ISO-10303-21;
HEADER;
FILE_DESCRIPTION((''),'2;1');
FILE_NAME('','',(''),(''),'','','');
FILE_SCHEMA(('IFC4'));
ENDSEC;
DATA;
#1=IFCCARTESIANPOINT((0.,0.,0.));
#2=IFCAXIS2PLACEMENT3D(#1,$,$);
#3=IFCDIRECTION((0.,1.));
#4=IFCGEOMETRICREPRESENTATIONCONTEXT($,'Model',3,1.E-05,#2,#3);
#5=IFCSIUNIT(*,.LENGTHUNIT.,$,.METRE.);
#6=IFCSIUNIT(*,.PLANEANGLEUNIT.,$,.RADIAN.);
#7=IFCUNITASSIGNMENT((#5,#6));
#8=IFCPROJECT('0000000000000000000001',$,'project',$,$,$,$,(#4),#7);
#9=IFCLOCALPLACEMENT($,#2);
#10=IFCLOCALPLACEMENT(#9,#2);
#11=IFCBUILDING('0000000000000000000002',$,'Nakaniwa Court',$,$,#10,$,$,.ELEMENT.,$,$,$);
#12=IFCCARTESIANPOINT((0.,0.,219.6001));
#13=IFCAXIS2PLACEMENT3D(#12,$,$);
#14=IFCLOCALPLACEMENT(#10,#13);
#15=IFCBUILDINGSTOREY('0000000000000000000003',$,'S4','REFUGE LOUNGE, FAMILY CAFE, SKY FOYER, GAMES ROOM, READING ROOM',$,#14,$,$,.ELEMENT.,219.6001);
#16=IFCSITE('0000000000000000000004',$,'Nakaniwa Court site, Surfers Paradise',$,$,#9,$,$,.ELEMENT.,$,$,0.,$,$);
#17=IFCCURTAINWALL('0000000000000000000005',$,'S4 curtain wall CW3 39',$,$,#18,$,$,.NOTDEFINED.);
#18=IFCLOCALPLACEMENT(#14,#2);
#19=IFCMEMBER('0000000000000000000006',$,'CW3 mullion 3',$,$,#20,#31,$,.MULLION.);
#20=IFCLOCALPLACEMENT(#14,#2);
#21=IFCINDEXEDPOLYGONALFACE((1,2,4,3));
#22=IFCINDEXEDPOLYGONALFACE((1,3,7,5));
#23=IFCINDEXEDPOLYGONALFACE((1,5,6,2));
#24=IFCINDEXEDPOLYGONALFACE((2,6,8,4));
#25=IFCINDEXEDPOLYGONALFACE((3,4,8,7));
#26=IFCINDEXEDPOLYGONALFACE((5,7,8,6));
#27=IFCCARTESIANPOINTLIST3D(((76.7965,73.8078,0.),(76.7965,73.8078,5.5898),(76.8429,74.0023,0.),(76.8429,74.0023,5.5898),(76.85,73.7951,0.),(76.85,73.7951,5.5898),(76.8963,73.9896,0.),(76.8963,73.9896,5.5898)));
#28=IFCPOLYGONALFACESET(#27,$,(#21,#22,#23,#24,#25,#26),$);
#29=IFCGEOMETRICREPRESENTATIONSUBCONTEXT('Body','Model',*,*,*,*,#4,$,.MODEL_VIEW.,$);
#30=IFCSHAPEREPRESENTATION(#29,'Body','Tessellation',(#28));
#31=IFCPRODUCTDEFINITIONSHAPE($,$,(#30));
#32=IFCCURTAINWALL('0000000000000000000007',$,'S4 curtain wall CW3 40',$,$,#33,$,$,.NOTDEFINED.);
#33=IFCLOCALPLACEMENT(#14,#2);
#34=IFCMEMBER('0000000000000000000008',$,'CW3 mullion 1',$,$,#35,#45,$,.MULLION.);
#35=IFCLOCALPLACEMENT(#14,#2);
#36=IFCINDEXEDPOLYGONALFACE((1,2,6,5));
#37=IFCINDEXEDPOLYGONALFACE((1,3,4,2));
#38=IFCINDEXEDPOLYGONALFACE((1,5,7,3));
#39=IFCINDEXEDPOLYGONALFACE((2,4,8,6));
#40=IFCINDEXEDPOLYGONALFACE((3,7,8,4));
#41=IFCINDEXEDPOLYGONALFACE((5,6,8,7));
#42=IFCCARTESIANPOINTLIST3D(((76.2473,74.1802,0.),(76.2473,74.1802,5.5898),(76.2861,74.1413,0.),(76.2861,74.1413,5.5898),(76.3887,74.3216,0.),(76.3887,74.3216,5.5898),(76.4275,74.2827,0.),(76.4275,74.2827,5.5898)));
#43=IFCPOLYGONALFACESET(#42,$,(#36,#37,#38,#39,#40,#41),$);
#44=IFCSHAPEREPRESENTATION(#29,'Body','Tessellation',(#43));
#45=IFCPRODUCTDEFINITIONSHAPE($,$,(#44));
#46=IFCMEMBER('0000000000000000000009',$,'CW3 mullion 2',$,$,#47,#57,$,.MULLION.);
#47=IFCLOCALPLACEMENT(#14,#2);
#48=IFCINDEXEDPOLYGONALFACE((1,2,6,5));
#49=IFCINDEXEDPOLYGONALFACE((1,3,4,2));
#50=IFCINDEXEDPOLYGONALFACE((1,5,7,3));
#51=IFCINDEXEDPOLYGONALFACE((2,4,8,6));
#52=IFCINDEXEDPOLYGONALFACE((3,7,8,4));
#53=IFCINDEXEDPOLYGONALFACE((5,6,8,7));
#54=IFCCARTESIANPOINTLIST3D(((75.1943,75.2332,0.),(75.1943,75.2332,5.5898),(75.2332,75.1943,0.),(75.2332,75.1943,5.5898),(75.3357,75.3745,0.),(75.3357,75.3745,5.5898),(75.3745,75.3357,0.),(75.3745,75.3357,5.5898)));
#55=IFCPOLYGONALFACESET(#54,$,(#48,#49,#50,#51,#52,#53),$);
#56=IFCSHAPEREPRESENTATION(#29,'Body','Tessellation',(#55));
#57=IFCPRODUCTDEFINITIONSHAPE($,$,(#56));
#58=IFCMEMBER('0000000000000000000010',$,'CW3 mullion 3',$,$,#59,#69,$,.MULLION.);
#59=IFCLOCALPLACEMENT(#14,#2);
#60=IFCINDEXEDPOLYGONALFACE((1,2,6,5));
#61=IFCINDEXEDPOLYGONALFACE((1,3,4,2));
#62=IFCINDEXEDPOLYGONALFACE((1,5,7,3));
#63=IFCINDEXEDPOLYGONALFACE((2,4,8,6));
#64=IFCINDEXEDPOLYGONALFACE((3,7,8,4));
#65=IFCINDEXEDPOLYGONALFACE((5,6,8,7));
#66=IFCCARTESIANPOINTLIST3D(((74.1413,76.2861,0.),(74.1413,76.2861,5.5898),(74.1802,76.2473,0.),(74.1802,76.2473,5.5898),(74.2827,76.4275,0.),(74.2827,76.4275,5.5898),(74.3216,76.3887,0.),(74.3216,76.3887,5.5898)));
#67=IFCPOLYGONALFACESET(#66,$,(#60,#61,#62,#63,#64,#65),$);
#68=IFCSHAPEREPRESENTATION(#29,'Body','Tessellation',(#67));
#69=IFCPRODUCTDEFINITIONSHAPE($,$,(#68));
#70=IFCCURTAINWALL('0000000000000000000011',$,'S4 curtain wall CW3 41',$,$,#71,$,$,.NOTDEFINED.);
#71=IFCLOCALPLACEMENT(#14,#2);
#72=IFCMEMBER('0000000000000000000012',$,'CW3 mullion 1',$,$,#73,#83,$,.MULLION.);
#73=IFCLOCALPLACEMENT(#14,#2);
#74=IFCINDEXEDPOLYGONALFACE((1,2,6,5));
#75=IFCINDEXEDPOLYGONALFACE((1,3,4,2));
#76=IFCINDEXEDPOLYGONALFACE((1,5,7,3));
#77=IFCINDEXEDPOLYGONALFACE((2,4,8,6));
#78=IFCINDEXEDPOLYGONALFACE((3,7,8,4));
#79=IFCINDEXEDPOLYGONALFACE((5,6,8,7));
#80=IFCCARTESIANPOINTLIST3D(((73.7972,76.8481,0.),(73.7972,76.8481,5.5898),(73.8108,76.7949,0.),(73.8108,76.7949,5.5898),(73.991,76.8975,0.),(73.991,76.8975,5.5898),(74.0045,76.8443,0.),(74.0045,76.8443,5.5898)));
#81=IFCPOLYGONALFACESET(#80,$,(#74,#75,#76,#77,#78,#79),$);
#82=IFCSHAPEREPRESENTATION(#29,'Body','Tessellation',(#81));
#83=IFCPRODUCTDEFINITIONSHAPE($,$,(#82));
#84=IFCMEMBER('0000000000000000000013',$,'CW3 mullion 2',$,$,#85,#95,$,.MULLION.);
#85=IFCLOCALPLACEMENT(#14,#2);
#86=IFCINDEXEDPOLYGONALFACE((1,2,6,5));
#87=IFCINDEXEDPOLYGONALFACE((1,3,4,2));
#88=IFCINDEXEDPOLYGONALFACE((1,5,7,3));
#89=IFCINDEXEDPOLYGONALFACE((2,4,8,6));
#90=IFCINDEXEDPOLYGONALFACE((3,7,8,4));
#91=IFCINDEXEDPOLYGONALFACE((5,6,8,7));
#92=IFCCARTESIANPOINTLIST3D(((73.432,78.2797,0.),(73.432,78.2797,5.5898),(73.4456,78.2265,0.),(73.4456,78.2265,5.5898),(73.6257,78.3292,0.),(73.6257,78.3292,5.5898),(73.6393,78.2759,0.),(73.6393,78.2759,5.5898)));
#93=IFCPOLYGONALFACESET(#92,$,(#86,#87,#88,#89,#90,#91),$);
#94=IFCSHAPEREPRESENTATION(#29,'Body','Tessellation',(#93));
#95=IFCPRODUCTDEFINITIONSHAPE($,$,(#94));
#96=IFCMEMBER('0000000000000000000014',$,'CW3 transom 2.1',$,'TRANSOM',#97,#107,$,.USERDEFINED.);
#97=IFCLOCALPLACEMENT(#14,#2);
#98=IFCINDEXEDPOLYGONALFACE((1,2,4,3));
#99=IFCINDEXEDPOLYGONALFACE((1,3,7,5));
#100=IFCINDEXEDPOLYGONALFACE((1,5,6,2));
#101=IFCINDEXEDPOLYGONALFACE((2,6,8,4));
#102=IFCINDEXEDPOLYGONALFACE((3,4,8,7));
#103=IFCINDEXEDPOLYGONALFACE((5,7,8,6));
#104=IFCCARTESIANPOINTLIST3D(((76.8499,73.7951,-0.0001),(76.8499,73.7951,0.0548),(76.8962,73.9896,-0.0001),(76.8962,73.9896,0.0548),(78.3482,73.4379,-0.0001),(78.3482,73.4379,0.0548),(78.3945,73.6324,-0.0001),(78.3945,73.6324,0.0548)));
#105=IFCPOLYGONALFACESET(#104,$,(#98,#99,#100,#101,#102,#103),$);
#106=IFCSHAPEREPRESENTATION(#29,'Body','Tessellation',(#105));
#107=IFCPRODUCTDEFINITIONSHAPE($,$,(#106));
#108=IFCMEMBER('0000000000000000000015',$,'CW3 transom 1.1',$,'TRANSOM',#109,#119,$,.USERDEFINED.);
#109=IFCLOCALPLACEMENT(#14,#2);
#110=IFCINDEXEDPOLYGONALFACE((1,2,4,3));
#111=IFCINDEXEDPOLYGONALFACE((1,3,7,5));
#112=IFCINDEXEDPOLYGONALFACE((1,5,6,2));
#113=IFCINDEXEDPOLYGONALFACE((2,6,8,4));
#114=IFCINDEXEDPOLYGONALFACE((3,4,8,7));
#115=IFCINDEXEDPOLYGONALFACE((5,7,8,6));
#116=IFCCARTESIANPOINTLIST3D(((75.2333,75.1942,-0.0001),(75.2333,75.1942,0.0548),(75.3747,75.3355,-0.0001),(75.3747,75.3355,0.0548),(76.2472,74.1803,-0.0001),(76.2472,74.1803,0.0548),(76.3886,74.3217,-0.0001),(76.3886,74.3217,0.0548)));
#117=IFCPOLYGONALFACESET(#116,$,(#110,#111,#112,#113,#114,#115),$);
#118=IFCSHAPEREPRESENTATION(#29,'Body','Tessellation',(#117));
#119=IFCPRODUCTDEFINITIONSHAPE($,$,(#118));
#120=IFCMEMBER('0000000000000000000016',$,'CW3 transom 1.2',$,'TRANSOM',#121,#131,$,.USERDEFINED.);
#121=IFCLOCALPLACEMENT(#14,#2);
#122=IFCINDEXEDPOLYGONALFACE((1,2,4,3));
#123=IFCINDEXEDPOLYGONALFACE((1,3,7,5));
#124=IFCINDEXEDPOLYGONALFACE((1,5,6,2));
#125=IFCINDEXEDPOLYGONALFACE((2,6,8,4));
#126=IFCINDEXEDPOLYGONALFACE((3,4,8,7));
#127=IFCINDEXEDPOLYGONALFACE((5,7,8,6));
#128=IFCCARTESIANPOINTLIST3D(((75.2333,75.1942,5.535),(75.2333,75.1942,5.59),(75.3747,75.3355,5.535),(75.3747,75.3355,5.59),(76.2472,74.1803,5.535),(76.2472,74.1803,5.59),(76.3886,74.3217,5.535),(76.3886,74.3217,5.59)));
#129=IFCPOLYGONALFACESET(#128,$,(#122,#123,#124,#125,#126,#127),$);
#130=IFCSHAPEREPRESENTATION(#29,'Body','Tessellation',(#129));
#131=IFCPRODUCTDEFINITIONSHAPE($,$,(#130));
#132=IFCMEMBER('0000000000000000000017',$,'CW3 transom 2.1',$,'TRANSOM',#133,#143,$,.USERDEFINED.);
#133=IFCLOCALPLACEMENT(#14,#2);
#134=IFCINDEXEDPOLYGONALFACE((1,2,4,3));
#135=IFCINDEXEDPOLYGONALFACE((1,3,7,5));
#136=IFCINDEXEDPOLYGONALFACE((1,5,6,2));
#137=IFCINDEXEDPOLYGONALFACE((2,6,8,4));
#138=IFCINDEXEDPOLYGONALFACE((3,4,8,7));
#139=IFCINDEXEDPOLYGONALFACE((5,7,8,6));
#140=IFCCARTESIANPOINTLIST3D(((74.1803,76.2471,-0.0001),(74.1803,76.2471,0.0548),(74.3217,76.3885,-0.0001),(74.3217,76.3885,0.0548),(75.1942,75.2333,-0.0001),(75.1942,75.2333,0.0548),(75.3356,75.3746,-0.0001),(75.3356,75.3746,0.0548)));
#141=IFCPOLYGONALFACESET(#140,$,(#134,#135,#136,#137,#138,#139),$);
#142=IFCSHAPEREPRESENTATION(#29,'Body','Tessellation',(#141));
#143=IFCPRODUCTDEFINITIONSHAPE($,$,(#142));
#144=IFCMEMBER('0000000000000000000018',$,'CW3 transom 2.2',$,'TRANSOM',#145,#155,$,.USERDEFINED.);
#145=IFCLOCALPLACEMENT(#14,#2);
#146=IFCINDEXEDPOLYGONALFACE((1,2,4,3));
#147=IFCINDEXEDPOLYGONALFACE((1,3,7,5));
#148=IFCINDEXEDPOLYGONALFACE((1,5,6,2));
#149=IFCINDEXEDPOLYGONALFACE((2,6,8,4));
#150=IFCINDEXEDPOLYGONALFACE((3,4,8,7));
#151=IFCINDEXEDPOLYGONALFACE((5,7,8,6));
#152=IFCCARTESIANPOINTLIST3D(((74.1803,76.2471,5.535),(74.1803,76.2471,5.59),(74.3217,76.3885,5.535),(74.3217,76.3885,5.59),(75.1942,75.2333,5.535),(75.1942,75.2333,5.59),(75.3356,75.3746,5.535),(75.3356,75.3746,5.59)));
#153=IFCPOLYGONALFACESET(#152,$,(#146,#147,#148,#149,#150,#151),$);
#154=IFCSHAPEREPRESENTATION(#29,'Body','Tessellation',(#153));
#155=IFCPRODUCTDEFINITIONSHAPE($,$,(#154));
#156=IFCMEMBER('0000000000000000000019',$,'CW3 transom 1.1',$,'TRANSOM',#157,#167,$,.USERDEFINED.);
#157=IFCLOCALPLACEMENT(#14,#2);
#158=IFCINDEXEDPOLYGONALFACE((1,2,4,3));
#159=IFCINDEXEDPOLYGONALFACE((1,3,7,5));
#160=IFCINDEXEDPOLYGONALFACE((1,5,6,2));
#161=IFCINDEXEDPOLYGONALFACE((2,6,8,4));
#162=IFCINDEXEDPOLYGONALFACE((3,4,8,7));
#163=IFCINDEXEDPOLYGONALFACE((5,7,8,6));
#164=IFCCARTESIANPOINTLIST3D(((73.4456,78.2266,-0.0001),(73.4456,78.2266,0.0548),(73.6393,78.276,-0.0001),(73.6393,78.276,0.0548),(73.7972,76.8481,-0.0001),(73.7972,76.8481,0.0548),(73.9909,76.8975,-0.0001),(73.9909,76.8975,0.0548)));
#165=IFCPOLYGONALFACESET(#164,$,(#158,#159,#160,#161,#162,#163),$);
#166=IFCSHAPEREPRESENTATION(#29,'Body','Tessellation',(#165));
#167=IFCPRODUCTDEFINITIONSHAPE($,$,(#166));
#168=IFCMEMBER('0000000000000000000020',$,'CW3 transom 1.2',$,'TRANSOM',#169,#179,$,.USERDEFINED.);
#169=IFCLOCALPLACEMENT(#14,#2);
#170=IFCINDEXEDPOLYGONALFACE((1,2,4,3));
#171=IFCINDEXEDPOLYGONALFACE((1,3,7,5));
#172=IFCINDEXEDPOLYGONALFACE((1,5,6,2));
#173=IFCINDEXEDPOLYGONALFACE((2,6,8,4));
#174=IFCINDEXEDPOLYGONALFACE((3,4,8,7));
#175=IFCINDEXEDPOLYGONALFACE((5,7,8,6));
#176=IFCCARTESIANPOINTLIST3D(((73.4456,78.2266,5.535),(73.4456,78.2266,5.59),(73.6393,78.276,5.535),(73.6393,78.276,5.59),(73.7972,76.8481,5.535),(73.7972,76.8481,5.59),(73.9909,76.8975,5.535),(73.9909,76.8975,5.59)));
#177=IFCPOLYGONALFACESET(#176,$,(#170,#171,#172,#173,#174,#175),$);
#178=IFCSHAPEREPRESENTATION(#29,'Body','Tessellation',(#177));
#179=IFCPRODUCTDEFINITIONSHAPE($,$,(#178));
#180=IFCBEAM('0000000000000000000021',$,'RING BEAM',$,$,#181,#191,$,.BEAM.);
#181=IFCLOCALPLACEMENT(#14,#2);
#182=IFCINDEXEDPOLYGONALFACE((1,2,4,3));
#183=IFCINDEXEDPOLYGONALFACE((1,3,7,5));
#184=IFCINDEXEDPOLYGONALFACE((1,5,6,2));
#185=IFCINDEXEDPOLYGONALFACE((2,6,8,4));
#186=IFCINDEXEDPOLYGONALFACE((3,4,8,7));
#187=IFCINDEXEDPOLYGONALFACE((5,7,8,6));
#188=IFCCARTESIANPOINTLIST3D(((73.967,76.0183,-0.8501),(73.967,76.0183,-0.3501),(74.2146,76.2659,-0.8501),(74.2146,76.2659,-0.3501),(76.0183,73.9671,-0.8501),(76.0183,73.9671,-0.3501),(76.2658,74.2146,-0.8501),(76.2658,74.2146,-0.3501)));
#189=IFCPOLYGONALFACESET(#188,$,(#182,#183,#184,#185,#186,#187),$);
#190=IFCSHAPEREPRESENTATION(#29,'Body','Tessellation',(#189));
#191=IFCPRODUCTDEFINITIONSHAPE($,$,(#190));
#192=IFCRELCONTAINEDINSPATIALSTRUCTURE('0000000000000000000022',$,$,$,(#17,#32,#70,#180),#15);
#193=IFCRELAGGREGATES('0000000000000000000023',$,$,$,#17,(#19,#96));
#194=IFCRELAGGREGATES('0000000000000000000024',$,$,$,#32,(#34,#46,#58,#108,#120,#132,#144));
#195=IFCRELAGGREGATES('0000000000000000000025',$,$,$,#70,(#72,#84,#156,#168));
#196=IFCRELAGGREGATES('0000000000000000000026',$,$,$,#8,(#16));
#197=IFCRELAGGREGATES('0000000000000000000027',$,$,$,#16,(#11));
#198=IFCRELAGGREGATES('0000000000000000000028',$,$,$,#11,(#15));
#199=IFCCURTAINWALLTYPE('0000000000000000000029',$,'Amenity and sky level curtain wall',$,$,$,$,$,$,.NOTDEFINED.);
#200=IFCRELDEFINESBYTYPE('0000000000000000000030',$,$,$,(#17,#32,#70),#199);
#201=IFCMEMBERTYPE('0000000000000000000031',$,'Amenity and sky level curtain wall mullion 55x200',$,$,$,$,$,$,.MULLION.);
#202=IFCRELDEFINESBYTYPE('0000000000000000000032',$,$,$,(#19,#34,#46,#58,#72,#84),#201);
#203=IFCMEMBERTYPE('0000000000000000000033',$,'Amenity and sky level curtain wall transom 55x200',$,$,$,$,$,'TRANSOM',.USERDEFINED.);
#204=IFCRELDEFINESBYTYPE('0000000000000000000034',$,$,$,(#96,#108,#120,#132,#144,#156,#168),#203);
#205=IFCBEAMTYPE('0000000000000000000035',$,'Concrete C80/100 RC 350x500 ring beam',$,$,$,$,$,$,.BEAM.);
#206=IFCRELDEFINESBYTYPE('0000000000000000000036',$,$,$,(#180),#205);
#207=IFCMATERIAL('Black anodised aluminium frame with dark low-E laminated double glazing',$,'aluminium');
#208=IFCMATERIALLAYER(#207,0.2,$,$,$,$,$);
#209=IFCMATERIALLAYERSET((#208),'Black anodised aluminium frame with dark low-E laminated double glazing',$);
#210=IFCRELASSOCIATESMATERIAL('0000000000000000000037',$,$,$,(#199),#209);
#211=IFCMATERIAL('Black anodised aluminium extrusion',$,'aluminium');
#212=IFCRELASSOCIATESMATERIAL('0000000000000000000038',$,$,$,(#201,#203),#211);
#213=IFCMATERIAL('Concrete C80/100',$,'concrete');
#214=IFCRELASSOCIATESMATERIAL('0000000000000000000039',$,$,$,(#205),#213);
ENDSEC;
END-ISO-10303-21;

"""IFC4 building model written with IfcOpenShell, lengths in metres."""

from ifc_helpers import new_model, si_unit, direction, frame, origin, origin_2d, place, context, subcontext, project, spatial, rectangle, extrude, material, layer, layer_set, material_profile, profile_set, type_object, element, aggregate, save


model = new_model("IFC4")

# Units and contexts
model_context = context("Model", 3, precision=1e-05, world=origin(), true_north=direction((0.0, 1.0)))
body_context = subcontext(model_context, "Body", "Model", "MODEL_VIEW")
ifc_project = project(units=[si_unit("LENGTHUNIT", "METRE"), si_unit("PLANEANGLEUNIT", "RADIAN")], contexts=[model_context])

# Site, building, storey
site_placement = place(None, origin())
site = spatial("IfcSite", under=ifc_project, at=site_placement, Name="Nakaniwa Court site, Surfers Paradise", CompositionType="ELEMENT", RefElevation=0.0)
building_placement = place(site_placement, origin())
building = spatial("IfcBuilding", under=site, at=building_placement, Name="Nakaniwa Court", CompositionType="ELEMENT")
storey_placement = place(building_placement, frame((0.0, 0.0, 219.6001)))
storey = spatial("IfcBuildingStorey", under=building, at=storey_placement, Name="S4", Description="REFUGE LOUNGE, FAMILY CAFE, SKY FOYER, GAMES ROOM, READING ROOM", CompositionType="ELEMENT", Elevation=219.6001)

# Shared definitions
ifc_material_1 = material(Name="Concrete C80/100", Category="concrete")

# Curtain wall, member
ifc_material_2 = material(Name="Black anodised aluminium frame with dark low-E laminated double glazing", Category="aluminium")
ifc_layer_1 = layer(ifc_material_2, 0.2)
ifc_layer_set_1 = layer_set([ifc_layer_1], Name="Black anodised aluminium frame with dark low-E laminated double glazing")
curtain_wall_type = type_object("IfcCurtainWallType", Name="Amenity and sky level curtain wall", PredefinedType="NOTDEFINED", material=ifc_layer_set_1)
curtain_wall_1_placement = place(storey_placement, origin())
curtain_wall_1 = element("IfcCurtainWall", 1, at=curtain_wall_1_placement, inside=storey, type_object=curtain_wall_type, Name="S4 curtain wall CW3 39", PredefinedType="NOTDEFINED")
ifc_material_3 = material(Name="Black anodised aluminium extrusion", Category="aluminium")
ifc_material_profile_1 = material_profile(ifc_material_3, rectangle(XDim=0.2, YDim=0.0549, at=origin_2d()), Name="Amenity and sky level curtain wall mullion 55x200")
ifc_profile_set_1 = profile_set([ifc_material_profile_1], Name="Black anodised aluminium extrusion")
member_type_1 = type_object("IfcMemberType", Name="Amenity and sky level curtain wall mullion 55x200", PredefinedType="MULLION", material=ifc_profile_set_1)
member_1_placement = place(storey_placement, frame((76.8464, 73.8987, 0.0), z_axis=(0.0, 0.0, 1.0), x_axis=(-0.231791, -0.972766, 0.0)))
member_1 = element("IfcMember", 2, at=member_1_placement, type_object=member_type_1, Name="CW3 mullion 3", PredefinedType="MULLION", context=body_context, shape_type="SweptSolid", body=[
    extrude(rectangle(XDim=0.2, YDim=0.0549, at=origin_2d()), origin(), (0.0, 0.0, 1.0), 5.5898),
])

# Curtain walls, members
curtain_wall_2_placement = place(storey_placement, origin())
curtain_wall_2 = element("IfcCurtainWall", 3, at=curtain_wall_2_placement, inside=storey, type_object=curtain_wall_type, Name="S4 curtain wall CW3 40", PredefinedType="NOTDEFINED")
member_2_placement = place(storey_placement, frame((76.3374, 74.2314, 0.0), z_axis=(0.0, 0.0, 1.0), x_axis=(-0.707107, -0.707107, 0.0)))
member_2 = element("IfcMember", 4, at=member_2_placement, type_object=member_type_1, Name="CW3 mullion 1", PredefinedType="MULLION", context=body_context, shape_type="SweptSolid", body=[
    extrude(rectangle(XDim=0.2, YDim=0.0549, at=origin_2d()), origin(), (0.0, 0.0, 1.0), 5.5898),
])
member_3_placement = place(storey_placement, frame((75.2844, 75.2844, 0.0), z_axis=(0.0, 0.0, 1.0), x_axis=(-0.707107, -0.707107, 0.0)))
member_3 = element("IfcMember", 5, at=member_3_placement, type_object=member_type_1, Name="CW3 mullion 2", PredefinedType="MULLION", context=body_context, shape_type="SweptSolid", body=[
    extrude(rectangle(XDim=0.2, YDim=0.0549, at=origin_2d()), origin(), (0.0, 0.0, 1.0), 5.5898),
])
member_4_placement = place(storey_placement, frame((74.2314, 76.3374, 0.0), z_axis=(0.0, 0.0, 1.0), x_axis=(-0.707107, -0.707107, 0.0)))
member_4 = element("IfcMember", 6, at=member_4_placement, type_object=member_type_1, Name="CW3 mullion 3", PredefinedType="MULLION", context=body_context, shape_type="SweptSolid", body=[
    extrude(rectangle(XDim=0.2, YDim=0.0549, at=origin_2d()), origin(), (0.0, 0.0, 1.0), 5.5898),
])
curtain_wall_3_placement = place(storey_placement, origin())
curtain_wall_3 = element("IfcCurtainWall", 7, at=curtain_wall_3_placement, inside=storey, type_object=curtain_wall_type, Name="S4 curtain wall CW3 41", PredefinedType="NOTDEFINED")
member_5_placement = place(storey_placement, frame((73.9009, 76.8462, 0.0), z_axis=(0.0, 0.0, 1.0), x_axis=(-0.968986, -0.247114, 0.0)))
member_5 = element("IfcMember", 8, at=member_5_placement, type_object=member_type_1, Name="CW3 mullion 1", PredefinedType="MULLION", context=body_context, shape_type="SweptSolid", body=[
    extrude(rectangle(XDim=0.2, YDim=0.0549, at=origin_2d()), origin(), (0.0, 0.0, 1.0), 5.5898),
])
member_6_placement = place(storey_placement, frame((73.5356, 78.2778, 0.0), z_axis=(0.0, 0.0, 1.0), x_axis=(-0.968986, -0.247114, 0.0)))
member_6 = element("IfcMember", 9, at=member_6_placement, type_object=member_type_1, Name="CW3 mullion 2", PredefinedType="MULLION", context=body_context, shape_type="SweptSolid", body=[
    extrude(rectangle(XDim=0.2, YDim=0.0549, at=origin_2d()), origin(), (0.0, 0.0, 1.0), 5.5898),
])

# Members
ifc_material_profile_2 = material_profile(ifc_material_3, rectangle(XDim=0.2, YDim=0.0549, at=origin_2d()), Name="Amenity and sky level curtain wall transom 55x200")
ifc_profile_set_2 = profile_set([ifc_material_profile_2], Name="Black anodised aluminium extrusion")
member_type_2 = type_object("IfcMemberType", Name="Amenity and sky level curtain wall transom 55x200", ElementType="TRANSOM", PredefinedType="USERDEFINED", material=ifc_profile_set_2)
member_7_placement = place(storey_placement, frame((78.3713, 73.5352, 0.0273), z_axis=(-0.972742, 0.231892, 0.0), x_axis=(-0.231892, -0.972742, 0.0)))
member_7 = element("IfcMember", 10, at=member_7_placement, type_object=member_type_2, Name="CW3 transom 2.1", ObjectType="TRANSOM", PredefinedType="USERDEFINED", context=body_context, shape_type="SweptSolid", body=[
    extrude(rectangle(XDim=0.2, YDim=0.0549, at=origin_2d()), origin(), (0.0, 0.0, 1.0), 1.5403),
])
member_8_placement = place(storey_placement, frame((76.3179, 74.251, 0.0273), z_axis=(-0.707107, 0.707107, 0.0), x_axis=(-0.707107, -0.707107, 0.0)))
member_8 = element("IfcMember", 11, at=member_8_placement, type_object=member_type_2, Name="CW3 transom 1.1", ObjectType="TRANSOM", PredefinedType="USERDEFINED", context=body_context, shape_type="SweptSolid", body=[
    extrude(rectangle(XDim=0.2, YDim=0.0549, at=origin_2d()), origin(), (0.0, 0.0, 1.0), 1.4338),
])
member_9_placement = place(storey_placement, frame((76.3179, 74.251, 5.5625), z_axis=(-0.707107, 0.707107, 0.0), x_axis=(-0.707107, -0.707107, 0.0)))
member_9 = element("IfcMember", 12, at=member_9_placement, type_object=member_type_2, Name="CW3 transom 1.2", ObjectType="TRANSOM", PredefinedType="USERDEFINED", context=body_context, shape_type="SweptSolid", body=[
    extrude(rectangle(XDim=0.2, YDim=0.0549, at=origin_2d()), origin(), (0.0, 0.0, 1.0), 1.4338),
])
member_10_placement = place(storey_placement, frame((75.2649, 75.304, 0.0273), z_axis=(-0.707107, 0.707107, 0.0), x_axis=(-0.707107, -0.707107, 0.0)))
member_10 = element("IfcMember", 13, at=member_10_placement, type_object=member_type_2, Name="CW3 transom 2.1", ObjectType="TRANSOM", PredefinedType="USERDEFINED", context=body_context, shape_type="SweptSolid", body=[
    extrude(rectangle(XDim=0.2, YDim=0.0549, at=origin_2d()), origin(), (0.0, 0.0, 1.0), 1.4338),
])
member_11_placement = place(storey_placement, frame((75.2649, 75.304, 5.5625), z_axis=(-0.707107, 0.707107, 0.0), x_axis=(-0.707107, -0.707107, 0.0)))
member_11 = element("IfcMember", 14, at=member_11_placement, type_object=member_type_2, Name="CW3 transom 2.2", ObjectType="TRANSOM", PredefinedType="USERDEFINED", context=body_context, shape_type="SweptSolid", body=[
    extrude(rectangle(XDim=0.2, YDim=0.0549, at=origin_2d()), origin(), (0.0, 0.0, 1.0), 1.4338),
])
member_12_placement = place(storey_placement, frame((73.894, 76.8728, 0.0273), z_axis=(-0.247136, 0.968981, 0.0), x_axis=(-0.968981, -0.247136, 0.0)))
member_12 = element("IfcMember", 15, at=member_12_placement, type_object=member_type_2, Name="CW3 transom 1.1", ObjectType="TRANSOM", PredefinedType="USERDEFINED", context=body_context, shape_type="SweptSolid", body=[
    extrude(rectangle(XDim=0.2, YDim=0.0549, at=origin_2d()), origin(), (0.0, 0.0, 1.0), 1.4226),
])
member_13_placement = place(storey_placement, frame((73.894, 76.8728, 5.5625), z_axis=(-0.247136, 0.968981, 0.0), x_axis=(-0.968981, -0.247136, 0.0)))
member_13 = element("IfcMember", 16, at=member_13_placement, type_object=member_type_2, Name="CW3 transom 1.2", ObjectType="TRANSOM", PredefinedType="USERDEFINED", context=body_context, shape_type="SweptSolid", body=[
    extrude(rectangle(XDim=0.2, YDim=0.0549, at=origin_2d()), origin(), (0.0, 0.0, 1.0), 1.4226),
])

# Beam
ifc_material_profile_3 = material_profile(ifc_material_1, rectangle(XDim=0.3501, YDim=0.5, at=origin_2d()), Name="Concrete C80/100 RC 350x500 ring beam")
ifc_profile_set_3 = profile_set([ifc_material_profile_3], Name="Concrete C80/100")
beam_type = type_object("IfcBeamType", Name="Concrete C80/100 RC 350x500 ring beam", PredefinedType="BEAM", material=ifc_profile_set_3)
beam_1_placement = place(storey_placement, frame((74.0908, 76.1421, -0.6001), z_axis=(0.707107, -0.707107, 0.0), x_axis=(0.707107, 0.707107, 0.0)))
element("IfcBeam", 17, at=beam_1_placement, inside=storey, type_object=beam_type, Name="RING BEAM", PredefinedType="BEAM", context=body_context, shape_type="SweptSolid", body=[
    extrude(rectangle(XDim=0.3501, YDim=0.5, at=origin_2d()), origin(), (0.0, 0.0, 1.0), 2.9009),
])

aggregate(curtain_wall_1, [member_1, member_7])
aggregate(curtain_wall_2, [member_2, member_3, member_4, member_8, member_9, member_10, member_11])
aggregate(curtain_wall_3, [member_5, member_6, member_12, member_13])

save(model, "model.ifc")
